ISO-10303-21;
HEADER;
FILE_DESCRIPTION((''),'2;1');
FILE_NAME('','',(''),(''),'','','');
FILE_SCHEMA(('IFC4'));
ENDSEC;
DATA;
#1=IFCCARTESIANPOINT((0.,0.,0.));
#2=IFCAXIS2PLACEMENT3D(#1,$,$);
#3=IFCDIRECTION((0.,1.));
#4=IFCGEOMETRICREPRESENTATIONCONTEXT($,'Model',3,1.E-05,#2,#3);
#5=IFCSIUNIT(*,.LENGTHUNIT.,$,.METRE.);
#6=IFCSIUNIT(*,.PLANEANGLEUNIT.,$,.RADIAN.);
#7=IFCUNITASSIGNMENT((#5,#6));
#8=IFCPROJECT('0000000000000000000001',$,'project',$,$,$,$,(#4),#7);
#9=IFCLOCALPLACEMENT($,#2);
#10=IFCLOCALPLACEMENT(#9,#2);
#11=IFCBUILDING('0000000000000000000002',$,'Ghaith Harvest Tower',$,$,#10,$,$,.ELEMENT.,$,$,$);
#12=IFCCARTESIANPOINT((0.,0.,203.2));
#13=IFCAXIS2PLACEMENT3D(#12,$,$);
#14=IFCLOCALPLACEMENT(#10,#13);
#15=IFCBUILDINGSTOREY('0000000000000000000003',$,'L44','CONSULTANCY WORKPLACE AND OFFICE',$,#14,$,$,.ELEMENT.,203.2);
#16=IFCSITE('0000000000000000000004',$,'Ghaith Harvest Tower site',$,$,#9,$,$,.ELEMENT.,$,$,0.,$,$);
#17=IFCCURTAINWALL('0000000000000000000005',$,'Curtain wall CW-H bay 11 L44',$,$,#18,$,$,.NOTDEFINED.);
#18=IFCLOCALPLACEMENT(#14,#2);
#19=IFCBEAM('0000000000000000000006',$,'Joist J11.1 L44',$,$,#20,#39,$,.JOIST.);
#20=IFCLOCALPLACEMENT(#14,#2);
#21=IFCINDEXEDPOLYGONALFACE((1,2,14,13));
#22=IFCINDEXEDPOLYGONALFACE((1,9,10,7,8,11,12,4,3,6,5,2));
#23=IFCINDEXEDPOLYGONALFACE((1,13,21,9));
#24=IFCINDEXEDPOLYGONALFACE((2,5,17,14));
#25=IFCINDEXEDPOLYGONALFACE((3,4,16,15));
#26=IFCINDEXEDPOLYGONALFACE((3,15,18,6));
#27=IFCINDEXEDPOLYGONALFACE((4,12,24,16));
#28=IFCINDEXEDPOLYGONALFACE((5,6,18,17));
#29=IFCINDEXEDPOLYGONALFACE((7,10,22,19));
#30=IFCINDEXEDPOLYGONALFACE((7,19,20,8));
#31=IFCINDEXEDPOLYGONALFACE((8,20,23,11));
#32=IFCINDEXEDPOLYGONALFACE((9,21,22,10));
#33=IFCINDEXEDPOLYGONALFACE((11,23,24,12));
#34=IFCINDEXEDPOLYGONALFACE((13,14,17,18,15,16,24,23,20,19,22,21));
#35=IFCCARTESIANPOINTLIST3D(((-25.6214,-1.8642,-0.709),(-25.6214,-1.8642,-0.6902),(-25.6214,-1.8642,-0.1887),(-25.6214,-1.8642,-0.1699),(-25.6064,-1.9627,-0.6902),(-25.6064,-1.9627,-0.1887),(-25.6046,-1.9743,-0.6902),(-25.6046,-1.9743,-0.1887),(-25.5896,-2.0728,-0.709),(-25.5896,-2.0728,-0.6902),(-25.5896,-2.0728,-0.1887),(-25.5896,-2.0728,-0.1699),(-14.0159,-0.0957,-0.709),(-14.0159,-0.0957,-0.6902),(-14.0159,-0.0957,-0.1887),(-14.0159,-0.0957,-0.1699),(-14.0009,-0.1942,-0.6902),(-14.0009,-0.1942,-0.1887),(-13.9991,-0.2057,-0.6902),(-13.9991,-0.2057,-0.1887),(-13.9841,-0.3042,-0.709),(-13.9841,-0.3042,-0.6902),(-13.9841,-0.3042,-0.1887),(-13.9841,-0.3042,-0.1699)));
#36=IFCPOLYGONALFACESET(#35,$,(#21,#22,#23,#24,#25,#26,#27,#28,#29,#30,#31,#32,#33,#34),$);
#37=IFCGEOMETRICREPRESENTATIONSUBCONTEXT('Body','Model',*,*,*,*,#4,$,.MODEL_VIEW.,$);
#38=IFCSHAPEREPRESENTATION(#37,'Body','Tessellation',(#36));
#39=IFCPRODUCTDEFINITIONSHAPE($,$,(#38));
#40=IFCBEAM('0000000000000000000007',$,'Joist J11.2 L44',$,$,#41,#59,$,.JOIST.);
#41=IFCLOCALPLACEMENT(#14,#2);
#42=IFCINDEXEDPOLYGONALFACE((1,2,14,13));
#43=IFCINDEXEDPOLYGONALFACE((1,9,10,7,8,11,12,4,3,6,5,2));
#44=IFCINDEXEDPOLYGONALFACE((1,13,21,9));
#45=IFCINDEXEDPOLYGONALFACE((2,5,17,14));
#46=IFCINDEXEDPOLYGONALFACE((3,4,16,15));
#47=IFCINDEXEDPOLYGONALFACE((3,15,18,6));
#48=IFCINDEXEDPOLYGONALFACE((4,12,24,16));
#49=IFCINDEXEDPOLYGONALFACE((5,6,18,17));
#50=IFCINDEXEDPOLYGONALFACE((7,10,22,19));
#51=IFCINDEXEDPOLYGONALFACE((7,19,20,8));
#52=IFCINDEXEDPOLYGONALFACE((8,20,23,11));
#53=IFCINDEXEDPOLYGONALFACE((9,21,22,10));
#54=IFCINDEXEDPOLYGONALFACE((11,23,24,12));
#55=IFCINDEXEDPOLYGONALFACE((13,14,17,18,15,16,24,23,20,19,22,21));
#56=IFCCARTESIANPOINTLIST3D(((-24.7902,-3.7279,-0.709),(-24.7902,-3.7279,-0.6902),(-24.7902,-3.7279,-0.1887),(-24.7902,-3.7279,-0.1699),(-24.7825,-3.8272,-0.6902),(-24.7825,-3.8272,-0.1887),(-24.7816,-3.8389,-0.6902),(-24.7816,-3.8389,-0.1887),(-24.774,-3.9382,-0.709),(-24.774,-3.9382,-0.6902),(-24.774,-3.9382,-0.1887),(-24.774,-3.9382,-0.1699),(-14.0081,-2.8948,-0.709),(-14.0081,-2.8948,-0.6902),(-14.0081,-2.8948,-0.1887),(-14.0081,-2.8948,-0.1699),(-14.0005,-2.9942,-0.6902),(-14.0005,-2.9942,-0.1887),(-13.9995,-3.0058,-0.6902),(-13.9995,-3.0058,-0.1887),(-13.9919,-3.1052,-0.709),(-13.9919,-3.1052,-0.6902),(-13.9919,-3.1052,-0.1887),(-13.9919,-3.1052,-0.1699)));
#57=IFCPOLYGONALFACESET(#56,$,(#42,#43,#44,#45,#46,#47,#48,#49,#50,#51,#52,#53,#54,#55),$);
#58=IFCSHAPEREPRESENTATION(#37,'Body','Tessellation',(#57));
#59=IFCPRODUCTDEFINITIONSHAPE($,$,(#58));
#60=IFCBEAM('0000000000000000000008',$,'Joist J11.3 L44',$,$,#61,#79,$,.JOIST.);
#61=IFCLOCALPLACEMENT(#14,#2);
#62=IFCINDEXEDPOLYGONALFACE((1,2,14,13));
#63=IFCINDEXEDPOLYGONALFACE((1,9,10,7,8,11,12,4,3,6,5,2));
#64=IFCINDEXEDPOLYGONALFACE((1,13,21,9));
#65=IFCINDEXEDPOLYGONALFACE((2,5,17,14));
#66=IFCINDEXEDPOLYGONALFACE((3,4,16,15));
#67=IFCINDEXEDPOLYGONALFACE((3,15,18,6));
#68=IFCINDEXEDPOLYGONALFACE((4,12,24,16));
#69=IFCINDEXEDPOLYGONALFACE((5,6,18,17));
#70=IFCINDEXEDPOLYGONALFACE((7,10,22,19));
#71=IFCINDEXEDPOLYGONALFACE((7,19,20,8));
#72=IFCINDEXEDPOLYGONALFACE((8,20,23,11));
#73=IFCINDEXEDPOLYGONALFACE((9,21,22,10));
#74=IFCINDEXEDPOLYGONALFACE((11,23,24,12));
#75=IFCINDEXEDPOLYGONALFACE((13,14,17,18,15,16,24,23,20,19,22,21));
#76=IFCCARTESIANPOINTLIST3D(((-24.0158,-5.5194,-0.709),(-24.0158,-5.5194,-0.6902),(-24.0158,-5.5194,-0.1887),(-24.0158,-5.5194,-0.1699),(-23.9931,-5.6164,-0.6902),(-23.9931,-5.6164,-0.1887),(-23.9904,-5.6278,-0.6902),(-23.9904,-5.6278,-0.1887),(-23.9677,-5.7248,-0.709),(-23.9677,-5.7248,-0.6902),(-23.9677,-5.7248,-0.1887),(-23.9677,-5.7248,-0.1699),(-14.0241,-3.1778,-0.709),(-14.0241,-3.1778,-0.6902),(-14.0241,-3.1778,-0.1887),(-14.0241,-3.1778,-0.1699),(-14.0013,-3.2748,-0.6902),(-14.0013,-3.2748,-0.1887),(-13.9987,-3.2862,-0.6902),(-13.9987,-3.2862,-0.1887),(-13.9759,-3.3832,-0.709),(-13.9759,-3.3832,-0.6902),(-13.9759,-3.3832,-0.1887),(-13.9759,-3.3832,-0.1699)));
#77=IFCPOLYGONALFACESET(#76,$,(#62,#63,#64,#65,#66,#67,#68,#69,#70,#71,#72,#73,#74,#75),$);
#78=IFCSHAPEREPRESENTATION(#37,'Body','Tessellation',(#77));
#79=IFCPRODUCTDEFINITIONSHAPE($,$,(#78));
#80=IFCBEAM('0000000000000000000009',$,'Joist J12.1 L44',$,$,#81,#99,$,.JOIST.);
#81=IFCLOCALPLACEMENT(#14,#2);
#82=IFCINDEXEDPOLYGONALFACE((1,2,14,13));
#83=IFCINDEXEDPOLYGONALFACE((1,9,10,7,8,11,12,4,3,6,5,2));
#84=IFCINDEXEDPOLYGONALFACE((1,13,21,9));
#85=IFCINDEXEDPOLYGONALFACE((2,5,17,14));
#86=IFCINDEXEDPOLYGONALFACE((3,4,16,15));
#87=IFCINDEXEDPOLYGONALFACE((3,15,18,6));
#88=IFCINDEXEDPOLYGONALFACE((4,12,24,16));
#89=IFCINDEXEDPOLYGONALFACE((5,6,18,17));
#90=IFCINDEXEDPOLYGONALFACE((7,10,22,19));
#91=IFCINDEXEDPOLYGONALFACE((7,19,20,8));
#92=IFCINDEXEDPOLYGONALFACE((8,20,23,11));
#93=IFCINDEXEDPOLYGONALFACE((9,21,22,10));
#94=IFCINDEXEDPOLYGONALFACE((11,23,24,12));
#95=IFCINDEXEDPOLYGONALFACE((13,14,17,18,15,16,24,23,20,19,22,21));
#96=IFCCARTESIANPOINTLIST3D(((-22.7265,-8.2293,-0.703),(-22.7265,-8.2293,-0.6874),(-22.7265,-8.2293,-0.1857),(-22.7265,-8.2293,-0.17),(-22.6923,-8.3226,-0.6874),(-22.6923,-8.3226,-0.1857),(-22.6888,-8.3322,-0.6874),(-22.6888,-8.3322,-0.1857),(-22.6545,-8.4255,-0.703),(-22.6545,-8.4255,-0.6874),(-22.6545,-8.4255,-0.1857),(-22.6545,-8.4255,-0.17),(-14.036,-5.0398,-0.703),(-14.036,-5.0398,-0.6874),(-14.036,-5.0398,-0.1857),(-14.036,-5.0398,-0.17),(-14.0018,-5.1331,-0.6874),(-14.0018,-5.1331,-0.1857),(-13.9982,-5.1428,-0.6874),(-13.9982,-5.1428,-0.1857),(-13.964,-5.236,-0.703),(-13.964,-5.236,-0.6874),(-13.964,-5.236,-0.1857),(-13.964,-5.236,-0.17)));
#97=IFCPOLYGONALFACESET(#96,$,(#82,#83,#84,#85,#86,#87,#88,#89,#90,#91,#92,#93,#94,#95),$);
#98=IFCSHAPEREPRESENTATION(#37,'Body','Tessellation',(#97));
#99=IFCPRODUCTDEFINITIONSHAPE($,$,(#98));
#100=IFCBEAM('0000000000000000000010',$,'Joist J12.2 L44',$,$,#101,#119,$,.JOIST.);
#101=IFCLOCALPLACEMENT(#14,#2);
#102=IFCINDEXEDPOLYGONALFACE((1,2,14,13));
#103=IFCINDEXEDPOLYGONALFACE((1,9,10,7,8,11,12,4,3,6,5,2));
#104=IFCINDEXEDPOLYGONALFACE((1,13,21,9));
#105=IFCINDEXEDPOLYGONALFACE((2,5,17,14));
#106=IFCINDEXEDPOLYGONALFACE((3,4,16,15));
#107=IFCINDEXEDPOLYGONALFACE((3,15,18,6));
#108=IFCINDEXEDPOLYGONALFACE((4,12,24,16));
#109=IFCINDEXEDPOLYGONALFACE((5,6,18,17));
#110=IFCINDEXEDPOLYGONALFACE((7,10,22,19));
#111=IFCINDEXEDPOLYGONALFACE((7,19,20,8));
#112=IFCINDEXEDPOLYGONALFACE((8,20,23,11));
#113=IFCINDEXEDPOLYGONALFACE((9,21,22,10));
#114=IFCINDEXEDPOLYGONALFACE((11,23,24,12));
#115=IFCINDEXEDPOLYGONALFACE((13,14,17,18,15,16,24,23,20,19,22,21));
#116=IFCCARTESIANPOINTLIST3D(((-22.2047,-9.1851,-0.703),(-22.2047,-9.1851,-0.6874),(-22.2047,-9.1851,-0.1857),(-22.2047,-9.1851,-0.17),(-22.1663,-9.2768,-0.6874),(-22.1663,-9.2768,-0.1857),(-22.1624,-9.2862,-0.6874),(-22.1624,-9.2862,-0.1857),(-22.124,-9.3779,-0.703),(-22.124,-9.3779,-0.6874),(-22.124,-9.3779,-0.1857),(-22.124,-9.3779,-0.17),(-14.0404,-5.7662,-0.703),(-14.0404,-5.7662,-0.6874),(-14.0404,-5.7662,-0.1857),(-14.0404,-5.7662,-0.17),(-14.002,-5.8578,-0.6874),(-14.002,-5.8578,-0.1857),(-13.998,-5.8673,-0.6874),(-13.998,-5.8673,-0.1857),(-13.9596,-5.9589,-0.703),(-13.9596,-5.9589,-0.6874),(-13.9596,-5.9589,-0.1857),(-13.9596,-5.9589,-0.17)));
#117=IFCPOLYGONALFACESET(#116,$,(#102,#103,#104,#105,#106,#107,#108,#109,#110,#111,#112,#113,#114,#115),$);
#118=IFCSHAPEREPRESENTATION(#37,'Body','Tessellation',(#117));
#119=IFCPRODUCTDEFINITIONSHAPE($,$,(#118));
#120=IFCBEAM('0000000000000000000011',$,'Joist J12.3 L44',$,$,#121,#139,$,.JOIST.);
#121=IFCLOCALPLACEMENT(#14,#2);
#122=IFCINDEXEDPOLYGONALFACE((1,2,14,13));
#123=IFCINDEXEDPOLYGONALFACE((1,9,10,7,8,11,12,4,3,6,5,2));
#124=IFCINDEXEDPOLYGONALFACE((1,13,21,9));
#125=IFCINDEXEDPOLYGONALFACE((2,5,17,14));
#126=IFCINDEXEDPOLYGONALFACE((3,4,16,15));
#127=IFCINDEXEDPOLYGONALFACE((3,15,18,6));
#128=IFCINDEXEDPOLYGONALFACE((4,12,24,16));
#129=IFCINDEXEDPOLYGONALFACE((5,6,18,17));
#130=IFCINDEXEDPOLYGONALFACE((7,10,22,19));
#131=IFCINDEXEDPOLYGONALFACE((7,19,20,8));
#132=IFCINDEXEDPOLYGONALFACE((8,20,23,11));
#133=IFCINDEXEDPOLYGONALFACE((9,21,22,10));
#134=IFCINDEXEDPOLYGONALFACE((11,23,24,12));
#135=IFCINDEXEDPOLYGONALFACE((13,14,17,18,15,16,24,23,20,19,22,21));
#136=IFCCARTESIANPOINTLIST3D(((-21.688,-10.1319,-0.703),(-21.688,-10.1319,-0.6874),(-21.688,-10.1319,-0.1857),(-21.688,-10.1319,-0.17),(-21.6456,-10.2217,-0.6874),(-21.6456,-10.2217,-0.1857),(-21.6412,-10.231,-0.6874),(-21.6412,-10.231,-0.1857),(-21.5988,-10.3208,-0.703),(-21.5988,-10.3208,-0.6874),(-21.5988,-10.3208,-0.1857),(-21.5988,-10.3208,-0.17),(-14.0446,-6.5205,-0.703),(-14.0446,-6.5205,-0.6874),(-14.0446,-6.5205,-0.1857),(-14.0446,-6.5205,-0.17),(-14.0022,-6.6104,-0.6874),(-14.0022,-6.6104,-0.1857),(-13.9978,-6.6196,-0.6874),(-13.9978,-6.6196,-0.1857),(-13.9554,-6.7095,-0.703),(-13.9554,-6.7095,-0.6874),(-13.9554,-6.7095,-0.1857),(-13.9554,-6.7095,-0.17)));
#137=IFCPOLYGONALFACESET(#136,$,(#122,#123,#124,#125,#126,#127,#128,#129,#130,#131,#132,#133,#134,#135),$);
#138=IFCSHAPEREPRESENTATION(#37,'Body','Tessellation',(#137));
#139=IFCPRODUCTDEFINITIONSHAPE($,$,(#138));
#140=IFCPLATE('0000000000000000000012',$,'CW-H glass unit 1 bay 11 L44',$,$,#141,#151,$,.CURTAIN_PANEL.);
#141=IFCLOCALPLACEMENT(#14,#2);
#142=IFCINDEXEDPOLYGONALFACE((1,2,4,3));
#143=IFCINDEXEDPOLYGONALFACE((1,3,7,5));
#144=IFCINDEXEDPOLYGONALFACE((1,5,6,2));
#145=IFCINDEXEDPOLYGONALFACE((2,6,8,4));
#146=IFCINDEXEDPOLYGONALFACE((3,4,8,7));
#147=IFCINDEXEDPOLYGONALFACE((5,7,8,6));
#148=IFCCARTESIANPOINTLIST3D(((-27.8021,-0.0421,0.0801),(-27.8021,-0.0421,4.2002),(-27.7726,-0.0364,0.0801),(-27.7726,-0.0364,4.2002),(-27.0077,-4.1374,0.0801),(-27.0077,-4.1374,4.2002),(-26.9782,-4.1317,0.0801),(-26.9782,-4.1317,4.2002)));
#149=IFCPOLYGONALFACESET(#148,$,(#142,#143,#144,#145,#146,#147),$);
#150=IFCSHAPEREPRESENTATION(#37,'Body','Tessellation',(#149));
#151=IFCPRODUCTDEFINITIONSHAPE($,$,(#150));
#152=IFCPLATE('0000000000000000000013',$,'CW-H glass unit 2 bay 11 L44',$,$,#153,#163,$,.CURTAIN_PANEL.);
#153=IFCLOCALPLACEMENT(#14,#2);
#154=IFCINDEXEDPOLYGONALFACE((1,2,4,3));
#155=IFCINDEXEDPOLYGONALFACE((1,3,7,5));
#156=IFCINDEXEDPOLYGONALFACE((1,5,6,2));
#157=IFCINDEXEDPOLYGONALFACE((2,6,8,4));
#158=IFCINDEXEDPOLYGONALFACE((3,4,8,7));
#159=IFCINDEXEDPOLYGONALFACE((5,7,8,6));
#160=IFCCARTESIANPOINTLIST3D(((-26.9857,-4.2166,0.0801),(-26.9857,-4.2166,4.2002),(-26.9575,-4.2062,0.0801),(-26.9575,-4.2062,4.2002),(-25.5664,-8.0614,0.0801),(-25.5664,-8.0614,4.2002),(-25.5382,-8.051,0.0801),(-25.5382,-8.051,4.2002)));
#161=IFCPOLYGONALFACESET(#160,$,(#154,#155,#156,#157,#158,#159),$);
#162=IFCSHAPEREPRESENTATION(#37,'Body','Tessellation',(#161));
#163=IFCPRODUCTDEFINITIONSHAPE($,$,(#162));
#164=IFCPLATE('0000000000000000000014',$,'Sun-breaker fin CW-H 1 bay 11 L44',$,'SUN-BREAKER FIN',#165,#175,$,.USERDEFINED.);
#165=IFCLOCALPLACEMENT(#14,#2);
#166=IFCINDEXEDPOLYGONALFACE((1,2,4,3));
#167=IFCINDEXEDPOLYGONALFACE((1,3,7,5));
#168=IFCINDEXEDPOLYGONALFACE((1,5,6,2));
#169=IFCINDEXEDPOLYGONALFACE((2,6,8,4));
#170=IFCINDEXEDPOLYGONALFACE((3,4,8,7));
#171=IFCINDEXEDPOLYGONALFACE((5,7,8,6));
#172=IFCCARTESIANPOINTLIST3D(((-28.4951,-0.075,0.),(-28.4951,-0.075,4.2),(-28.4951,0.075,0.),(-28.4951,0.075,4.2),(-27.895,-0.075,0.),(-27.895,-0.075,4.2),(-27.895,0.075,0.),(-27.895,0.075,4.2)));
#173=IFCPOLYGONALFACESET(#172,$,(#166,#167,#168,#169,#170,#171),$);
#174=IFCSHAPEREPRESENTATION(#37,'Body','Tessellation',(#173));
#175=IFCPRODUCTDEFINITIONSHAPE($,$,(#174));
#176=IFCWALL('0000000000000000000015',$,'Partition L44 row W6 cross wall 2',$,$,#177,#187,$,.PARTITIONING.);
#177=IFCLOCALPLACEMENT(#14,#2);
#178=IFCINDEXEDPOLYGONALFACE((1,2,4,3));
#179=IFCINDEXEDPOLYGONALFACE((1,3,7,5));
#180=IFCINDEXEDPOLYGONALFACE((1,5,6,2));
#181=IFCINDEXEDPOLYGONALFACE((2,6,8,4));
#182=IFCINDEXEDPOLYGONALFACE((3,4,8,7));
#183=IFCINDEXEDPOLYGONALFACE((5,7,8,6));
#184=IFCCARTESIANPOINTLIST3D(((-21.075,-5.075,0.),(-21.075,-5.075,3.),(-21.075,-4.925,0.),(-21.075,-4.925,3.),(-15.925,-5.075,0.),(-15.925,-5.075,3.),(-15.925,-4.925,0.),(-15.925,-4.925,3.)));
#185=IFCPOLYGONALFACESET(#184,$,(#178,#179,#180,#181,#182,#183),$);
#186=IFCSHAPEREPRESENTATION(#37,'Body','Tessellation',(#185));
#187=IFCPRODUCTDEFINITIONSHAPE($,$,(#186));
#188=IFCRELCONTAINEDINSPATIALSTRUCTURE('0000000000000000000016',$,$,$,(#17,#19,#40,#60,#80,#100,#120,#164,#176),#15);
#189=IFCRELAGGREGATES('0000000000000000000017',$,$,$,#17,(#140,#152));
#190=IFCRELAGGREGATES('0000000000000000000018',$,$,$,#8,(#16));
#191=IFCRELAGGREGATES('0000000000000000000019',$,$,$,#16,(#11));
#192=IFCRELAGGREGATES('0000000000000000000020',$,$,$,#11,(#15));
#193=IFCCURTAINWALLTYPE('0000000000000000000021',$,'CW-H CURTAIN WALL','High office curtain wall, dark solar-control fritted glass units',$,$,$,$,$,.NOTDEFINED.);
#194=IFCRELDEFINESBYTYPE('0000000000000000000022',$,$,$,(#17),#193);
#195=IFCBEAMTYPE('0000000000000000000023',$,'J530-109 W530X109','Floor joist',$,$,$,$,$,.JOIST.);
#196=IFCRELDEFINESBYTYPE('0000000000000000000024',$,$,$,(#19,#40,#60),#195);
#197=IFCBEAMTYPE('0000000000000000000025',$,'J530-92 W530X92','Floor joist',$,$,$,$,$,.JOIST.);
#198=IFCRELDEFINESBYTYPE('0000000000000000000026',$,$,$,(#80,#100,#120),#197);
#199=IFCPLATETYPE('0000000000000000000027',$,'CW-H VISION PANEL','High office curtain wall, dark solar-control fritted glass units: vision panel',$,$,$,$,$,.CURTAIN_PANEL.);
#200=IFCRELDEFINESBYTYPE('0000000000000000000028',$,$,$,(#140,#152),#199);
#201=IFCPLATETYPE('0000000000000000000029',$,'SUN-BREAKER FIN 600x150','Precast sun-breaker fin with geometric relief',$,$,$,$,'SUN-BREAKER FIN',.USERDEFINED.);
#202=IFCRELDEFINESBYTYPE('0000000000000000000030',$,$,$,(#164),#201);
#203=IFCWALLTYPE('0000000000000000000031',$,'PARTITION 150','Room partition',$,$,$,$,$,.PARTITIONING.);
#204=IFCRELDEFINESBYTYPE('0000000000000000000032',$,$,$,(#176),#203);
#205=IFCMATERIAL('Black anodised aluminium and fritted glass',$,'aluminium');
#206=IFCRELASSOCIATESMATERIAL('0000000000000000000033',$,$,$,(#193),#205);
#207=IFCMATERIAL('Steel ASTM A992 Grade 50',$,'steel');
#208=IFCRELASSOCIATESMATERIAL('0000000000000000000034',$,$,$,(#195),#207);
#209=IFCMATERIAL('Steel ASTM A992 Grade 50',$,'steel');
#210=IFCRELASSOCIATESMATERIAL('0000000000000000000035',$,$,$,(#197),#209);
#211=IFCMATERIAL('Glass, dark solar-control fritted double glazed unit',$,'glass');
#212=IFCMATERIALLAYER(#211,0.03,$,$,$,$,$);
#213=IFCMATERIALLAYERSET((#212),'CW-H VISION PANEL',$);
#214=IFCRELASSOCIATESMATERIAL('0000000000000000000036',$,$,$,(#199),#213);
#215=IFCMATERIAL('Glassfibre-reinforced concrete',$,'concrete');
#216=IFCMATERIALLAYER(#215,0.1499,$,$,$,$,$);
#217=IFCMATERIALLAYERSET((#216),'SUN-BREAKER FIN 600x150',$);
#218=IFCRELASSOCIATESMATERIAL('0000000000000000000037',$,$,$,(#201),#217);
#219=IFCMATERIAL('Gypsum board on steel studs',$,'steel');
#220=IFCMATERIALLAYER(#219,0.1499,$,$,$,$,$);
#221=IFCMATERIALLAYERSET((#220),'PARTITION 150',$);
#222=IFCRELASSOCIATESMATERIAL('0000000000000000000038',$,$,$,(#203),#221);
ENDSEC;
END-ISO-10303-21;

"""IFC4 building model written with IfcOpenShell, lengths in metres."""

from ifc_helpers import new_model, si_unit, direction, frame, frame_2d, origin, origin_2d, place, context, subcontext, project, spatial, rectangle, i_section, extrude, material, layer, layer_set, material_profile, profile_set, type_object, element, aggregate, save


model = new_model("IFC4")

# Units and contexts
model_context = context("Model", 3, precision=1e-05, world=origin(), true_north=direction((0.0, 1.0)))
body_context = subcontext(model_context, "Body", "Model", "MODEL_VIEW")
ifc_project = project(units=[si_unit("LENGTHUNIT", "METRE"), si_unit("PLANEANGLEUNIT", "RADIAN")], contexts=[model_context])

# Site, building, storey
site_placement = place(None, origin())
site = spatial("IfcSite", under=ifc_project, at=site_placement, Name="Ghaith Harvest Tower site", CompositionType="ELEMENT", RefElevation=0.0)
building_placement = place(site_placement, origin())
building = spatial("IfcBuilding", under=site, at=building_placement, Name="Ghaith Harvest Tower", CompositionType="ELEMENT")
storey_placement = place(building_placement, frame((0.0, 0.0, 203.2)))
storey = spatial("IfcBuildingStorey", under=building, at=storey_placement, Name="L44", Description="CONSULTANCY WORKPLACE AND OFFICE", CompositionType="ELEMENT", Elevation=203.2)

# Curtain wall
ifc_material_1 = material(Name="Black anodised aluminium and fritted glass", Category="aluminium")
curtain_wall_type = type_object("IfcCurtainWallType", Name="CW-H CURTAIN WALL", Description="High office curtain wall, dark solar-control fritted glass units", PredefinedType="NOTDEFINED", material=ifc_material_1)
curtain_wall_1_placement = place(storey_placement, origin())
curtain_wall_1 = element("IfcCurtainWall", 1, at=curtain_wall_1_placement, inside=storey, type_object=curtain_wall_type, Name="Curtain wall CW-H bay 11 L44", PredefinedType="NOTDEFINED")

# Beams
ifc_material_2 = material(Name="Steel ASTM A992 Grade 50", Category="steel")
ifc_material_profile_1 = material_profile(ifc_material_2, i_section(OverallWidth=0.2109, OverallDepth=0.5391, WebThickness=0.0117, FlangeThickness=0.0188, at=origin_2d()), Name="W530X109")
ifc_profile_set_1 = profile_set([ifc_material_profile_1], Name="Steel ASTM A992 Grade 50")
beam_type_1 = type_object("IfcBeamType", Name="J530-109 W530X109", Description="Floor joist", PredefinedType="JOIST", material=ifc_profile_set_1)
beam_1_placement = place(storey_placement, frame((-14.0, -0.2, -0.4395), z_axis=(-0.988587, -0.150651, 0.0), x_axis=(0.150651, -0.988587, 0.0)))
element("IfcBeam", 2, at=beam_1_placement, inside=storey, type_object=beam_type_1, Name="Joist J11.1 L44", PredefinedType="JOIST", context=body_context, shape_type="SweptSolid", body=[
    extrude(i_section(OverallWidth=0.2109, OverallDepth=0.5391, WebThickness=0.0117, FlangeThickness=0.0188, at=origin_2d()), origin(), (0.0, 0.0, 1.0), 11.7395),
])
beam_2_placement = place(storey_placement, frame((-14.0, -3.0, -0.4395), z_axis=(-0.997029, -0.07703, 0.0), x_axis=(0.07703, -0.997029, 0.0)))
element("IfcBeam", 3, at=beam_2_placement, inside=storey, type_object=beam_type_1, Name="Joist J11.2 L44", PredefinedType="JOIST", context=body_context, shape_type="SweptSolid", body=[
    extrude(i_section(OverallWidth=0.2109, OverallDepth=0.5391, WebThickness=0.0117, FlangeThickness=0.0188, at=origin_2d()), origin(), (0.0, 0.0, 1.0), 10.8142),
])
beam_3_placement = place(storey_placement, frame((-14.0, -3.2805, -0.4395), z_axis=(-0.973622, -0.228168, 0.0), x_axis=(0.228168, -0.973622, 0.0)))
element("IfcBeam", 4, at=beam_3_placement, inside=storey, type_object=beam_type_1, Name="Joist J11.3 L44", PredefinedType="JOIST", context=body_context, shape_type="SweptSolid", body=[
    extrude(i_section(OverallWidth=0.2109, OverallDepth=0.5391, WebThickness=0.0117, FlangeThickness=0.0188, at=origin_2d()), origin(), (0.0, 0.0, 1.0), 10.2625),
])
ifc_material_3 = material(Name="Steel ASTM A992 Grade 50", Category="steel")
ifc_material_profile_2 = material_profile(ifc_material_3, i_section(OverallWidth=0.209, OverallDepth=0.533, WebThickness=0.0103, FlangeThickness=0.0156, at=origin_2d()), Name="W530X92")
ifc_profile_set_2 = profile_set([ifc_material_profile_2], Name="Steel ASTM A992 Grade 50")
beam_type_2 = type_object("IfcBeamType", Name="J530-92 W530X92", Description="Floor joist", PredefinedType="JOIST", material=ifc_profile_set_2)
beam_4_placement = place(storey_placement, frame((-14.0, -5.1379, -0.4365), z_axis=(-0.938773, -0.344537, 0.0), x_axis=(0.344537, -0.938773, 0.0)))
element("IfcBeam", 5, at=beam_4_placement, inside=storey, type_object=beam_type_2, Name="Joist J12.1 L44", PredefinedType="JOIST", context=body_context, shape_type="SweptSolid", body=[
    extrude(i_section(OverallWidth=0.209, OverallDepth=0.533, WebThickness=0.0103, FlangeThickness=0.0156, at=origin_2d()), origin(), (0.0, 0.0, 1.0), 9.2573),
])
beam_5_placement = place(storey_placement, frame((-14.0, -5.8625, -0.4365), z_axis=(-0.922388, -0.386266, 0.0), x_axis=(0.386266, -0.922388, 0.0)))
element("IfcBeam", 6, at=beam_5_placement, inside=storey, type_object=beam_type_2, Name="Joist J12.2 L44", PredefinedType="JOIST", context=body_context, shape_type="SweptSolid", body=[
    extrude(i_section(OverallWidth=0.209, OverallDepth=0.533, WebThickness=0.0103, FlangeThickness=0.0156, at=origin_2d()), origin(), (0.0, 0.0, 1.0), 8.8513),
])
beam_6_placement = place(storey_placement, frame((-14.0, -6.615, -0.4365), z_axis=(-0.904158, -0.427198, 0.0), x_axis=(0.427198, -0.904158, 0.0)))
element("IfcBeam", 7, at=beam_6_placement, inside=storey, type_object=beam_type_2, Name="Joist J12.3 L44", PredefinedType="JOIST", context=body_context, shape_type="SweptSolid", body=[
    extrude(i_section(OverallWidth=0.209, OverallDepth=0.533, WebThickness=0.0103, FlangeThickness=0.0156, at=origin_2d()), origin(), (0.0, 0.0, 1.0), 8.4536),
])

# Plates
ifc_material_4 = material(Name="Glass, dark solar-control fritted double glazed unit", Category="glass")
ifc_layer_1 = layer(ifc_material_4, 0.03)
ifc_layer_set_1 = layer_set([ifc_layer_1], Name="CW-H VISION PANEL")
plate_type_1 = type_object("IfcPlateType", Name="CW-H VISION PANEL", Description="High office curtain wall, dark solar-control fritted glass units: vision panel", PredefinedType="CURTAIN_PANEL", material=ifc_layer_set_1)
plate_1_placement = place(storey_placement, frame((-27.3901, -2.0869, 0.0801), z_axis=(0.0, 0.0, 1.0), x_axis=(0.190427, -0.981701, 0.0)))
plate_1 = element("IfcPlate", 8, at=plate_1_placement, type_object=plate_type_1, Name="CW-H glass unit 1 bay 11 L44", PredefinedType="CURTAIN_PANEL", context=body_context, shape_type="SweptSolid", body=[
    extrude(rectangle(XDim=4.1716, YDim=0.03, at=origin_2d()), origin(), (0.0, 0.0, 1.0), 4.1201),
])
plate_2_placement = place(storey_placement, frame((-26.262, -6.1338, 0.0801), z_axis=(0.0, 0.0, 1.0), x_axis=(0.346303, -0.938123, 0.0)))
plate_2 = element("IfcPlate", 9, at=plate_2_placement, type_object=plate_type_1, Name="CW-H glass unit 2 bay 11 L44", PredefinedType="CURTAIN_PANEL", context=body_context, shape_type="SweptSolid", body=[
    extrude(rectangle(XDim=4.0984, YDim=0.03, at=origin_2d()), origin(), (0.0, 0.0, 1.0), 4.1201),
])
aggregate(curtain_wall_1, [plate_1, plate_2])
ifc_material_5 = material(Name="Glassfibre-reinforced concrete", Category="concrete")
ifc_layer_2 = layer(ifc_material_5, 0.1499)
ifc_layer_set_2 = layer_set([ifc_layer_2], Name="SUN-BREAKER FIN 600x150")
plate_type_2 = type_object("IfcPlateType", Name="SUN-BREAKER FIN 600x150", Description="Precast sun-breaker fin with geometric relief", ElementType="SUN-BREAKER FIN", PredefinedType="USERDEFINED", material=ifc_layer_set_2)
plate_3_placement = place(storey_placement, frame((-28.1951, 0.0, 0.0), z_axis=(0.0, 0.0, 1.0), x_axis=(-1.0, 0.0, 0.0)))
element("IfcPlate", 10, at=plate_3_placement, inside=storey, type_object=plate_type_2, Name="Sun-breaker fin CW-H 1 bay 11 L44", ObjectType="SUN-BREAKER FIN", PredefinedType="USERDEFINED", context=body_context, shape_type="SweptSolid", body=[
    extrude(rectangle(XDim=0.6001, YDim=0.1499, at=origin_2d()), origin(), (0.0, 0.0, 1.0), 4.2),
])

# Wall
ifc_material_6 = material(Name="Gypsum board on steel studs", Category="steel")
ifc_layer_3 = layer(ifc_material_6, 0.1499)
ifc_layer_set_3 = layer_set([ifc_layer_3], Name="PARTITION 150")
wall_type = type_object("IfcWallType", Name="PARTITION 150", Description="Room partition", PredefinedType="PARTITIONING", material=ifc_layer_set_3)
for number, where, z_axis, x_axis, name in (
    (11, (-15.925, -5.0, 0.0), (0.0, 0.0, 1.0), (-1.0, 0.0, 0.0), "Partition L44 row W6 cross wall 2"),
):
    element("IfcWall", number, at=place(storey_placement, frame(where, z_axis=z_axis, x_axis=x_axis)), inside=storey, type_object=wall_type, Name=name, PredefinedType="PARTITIONING", context=body_context, shape_type="SweptSolid", body=[
        extrude(rectangle(XDim=5.1499, YDim=0.1499, at=frame_2d((2.575, 0.0))), origin(), (0.0, 0.0, 1.0), 3.0),
    ])

save(model, "model.ifc")
